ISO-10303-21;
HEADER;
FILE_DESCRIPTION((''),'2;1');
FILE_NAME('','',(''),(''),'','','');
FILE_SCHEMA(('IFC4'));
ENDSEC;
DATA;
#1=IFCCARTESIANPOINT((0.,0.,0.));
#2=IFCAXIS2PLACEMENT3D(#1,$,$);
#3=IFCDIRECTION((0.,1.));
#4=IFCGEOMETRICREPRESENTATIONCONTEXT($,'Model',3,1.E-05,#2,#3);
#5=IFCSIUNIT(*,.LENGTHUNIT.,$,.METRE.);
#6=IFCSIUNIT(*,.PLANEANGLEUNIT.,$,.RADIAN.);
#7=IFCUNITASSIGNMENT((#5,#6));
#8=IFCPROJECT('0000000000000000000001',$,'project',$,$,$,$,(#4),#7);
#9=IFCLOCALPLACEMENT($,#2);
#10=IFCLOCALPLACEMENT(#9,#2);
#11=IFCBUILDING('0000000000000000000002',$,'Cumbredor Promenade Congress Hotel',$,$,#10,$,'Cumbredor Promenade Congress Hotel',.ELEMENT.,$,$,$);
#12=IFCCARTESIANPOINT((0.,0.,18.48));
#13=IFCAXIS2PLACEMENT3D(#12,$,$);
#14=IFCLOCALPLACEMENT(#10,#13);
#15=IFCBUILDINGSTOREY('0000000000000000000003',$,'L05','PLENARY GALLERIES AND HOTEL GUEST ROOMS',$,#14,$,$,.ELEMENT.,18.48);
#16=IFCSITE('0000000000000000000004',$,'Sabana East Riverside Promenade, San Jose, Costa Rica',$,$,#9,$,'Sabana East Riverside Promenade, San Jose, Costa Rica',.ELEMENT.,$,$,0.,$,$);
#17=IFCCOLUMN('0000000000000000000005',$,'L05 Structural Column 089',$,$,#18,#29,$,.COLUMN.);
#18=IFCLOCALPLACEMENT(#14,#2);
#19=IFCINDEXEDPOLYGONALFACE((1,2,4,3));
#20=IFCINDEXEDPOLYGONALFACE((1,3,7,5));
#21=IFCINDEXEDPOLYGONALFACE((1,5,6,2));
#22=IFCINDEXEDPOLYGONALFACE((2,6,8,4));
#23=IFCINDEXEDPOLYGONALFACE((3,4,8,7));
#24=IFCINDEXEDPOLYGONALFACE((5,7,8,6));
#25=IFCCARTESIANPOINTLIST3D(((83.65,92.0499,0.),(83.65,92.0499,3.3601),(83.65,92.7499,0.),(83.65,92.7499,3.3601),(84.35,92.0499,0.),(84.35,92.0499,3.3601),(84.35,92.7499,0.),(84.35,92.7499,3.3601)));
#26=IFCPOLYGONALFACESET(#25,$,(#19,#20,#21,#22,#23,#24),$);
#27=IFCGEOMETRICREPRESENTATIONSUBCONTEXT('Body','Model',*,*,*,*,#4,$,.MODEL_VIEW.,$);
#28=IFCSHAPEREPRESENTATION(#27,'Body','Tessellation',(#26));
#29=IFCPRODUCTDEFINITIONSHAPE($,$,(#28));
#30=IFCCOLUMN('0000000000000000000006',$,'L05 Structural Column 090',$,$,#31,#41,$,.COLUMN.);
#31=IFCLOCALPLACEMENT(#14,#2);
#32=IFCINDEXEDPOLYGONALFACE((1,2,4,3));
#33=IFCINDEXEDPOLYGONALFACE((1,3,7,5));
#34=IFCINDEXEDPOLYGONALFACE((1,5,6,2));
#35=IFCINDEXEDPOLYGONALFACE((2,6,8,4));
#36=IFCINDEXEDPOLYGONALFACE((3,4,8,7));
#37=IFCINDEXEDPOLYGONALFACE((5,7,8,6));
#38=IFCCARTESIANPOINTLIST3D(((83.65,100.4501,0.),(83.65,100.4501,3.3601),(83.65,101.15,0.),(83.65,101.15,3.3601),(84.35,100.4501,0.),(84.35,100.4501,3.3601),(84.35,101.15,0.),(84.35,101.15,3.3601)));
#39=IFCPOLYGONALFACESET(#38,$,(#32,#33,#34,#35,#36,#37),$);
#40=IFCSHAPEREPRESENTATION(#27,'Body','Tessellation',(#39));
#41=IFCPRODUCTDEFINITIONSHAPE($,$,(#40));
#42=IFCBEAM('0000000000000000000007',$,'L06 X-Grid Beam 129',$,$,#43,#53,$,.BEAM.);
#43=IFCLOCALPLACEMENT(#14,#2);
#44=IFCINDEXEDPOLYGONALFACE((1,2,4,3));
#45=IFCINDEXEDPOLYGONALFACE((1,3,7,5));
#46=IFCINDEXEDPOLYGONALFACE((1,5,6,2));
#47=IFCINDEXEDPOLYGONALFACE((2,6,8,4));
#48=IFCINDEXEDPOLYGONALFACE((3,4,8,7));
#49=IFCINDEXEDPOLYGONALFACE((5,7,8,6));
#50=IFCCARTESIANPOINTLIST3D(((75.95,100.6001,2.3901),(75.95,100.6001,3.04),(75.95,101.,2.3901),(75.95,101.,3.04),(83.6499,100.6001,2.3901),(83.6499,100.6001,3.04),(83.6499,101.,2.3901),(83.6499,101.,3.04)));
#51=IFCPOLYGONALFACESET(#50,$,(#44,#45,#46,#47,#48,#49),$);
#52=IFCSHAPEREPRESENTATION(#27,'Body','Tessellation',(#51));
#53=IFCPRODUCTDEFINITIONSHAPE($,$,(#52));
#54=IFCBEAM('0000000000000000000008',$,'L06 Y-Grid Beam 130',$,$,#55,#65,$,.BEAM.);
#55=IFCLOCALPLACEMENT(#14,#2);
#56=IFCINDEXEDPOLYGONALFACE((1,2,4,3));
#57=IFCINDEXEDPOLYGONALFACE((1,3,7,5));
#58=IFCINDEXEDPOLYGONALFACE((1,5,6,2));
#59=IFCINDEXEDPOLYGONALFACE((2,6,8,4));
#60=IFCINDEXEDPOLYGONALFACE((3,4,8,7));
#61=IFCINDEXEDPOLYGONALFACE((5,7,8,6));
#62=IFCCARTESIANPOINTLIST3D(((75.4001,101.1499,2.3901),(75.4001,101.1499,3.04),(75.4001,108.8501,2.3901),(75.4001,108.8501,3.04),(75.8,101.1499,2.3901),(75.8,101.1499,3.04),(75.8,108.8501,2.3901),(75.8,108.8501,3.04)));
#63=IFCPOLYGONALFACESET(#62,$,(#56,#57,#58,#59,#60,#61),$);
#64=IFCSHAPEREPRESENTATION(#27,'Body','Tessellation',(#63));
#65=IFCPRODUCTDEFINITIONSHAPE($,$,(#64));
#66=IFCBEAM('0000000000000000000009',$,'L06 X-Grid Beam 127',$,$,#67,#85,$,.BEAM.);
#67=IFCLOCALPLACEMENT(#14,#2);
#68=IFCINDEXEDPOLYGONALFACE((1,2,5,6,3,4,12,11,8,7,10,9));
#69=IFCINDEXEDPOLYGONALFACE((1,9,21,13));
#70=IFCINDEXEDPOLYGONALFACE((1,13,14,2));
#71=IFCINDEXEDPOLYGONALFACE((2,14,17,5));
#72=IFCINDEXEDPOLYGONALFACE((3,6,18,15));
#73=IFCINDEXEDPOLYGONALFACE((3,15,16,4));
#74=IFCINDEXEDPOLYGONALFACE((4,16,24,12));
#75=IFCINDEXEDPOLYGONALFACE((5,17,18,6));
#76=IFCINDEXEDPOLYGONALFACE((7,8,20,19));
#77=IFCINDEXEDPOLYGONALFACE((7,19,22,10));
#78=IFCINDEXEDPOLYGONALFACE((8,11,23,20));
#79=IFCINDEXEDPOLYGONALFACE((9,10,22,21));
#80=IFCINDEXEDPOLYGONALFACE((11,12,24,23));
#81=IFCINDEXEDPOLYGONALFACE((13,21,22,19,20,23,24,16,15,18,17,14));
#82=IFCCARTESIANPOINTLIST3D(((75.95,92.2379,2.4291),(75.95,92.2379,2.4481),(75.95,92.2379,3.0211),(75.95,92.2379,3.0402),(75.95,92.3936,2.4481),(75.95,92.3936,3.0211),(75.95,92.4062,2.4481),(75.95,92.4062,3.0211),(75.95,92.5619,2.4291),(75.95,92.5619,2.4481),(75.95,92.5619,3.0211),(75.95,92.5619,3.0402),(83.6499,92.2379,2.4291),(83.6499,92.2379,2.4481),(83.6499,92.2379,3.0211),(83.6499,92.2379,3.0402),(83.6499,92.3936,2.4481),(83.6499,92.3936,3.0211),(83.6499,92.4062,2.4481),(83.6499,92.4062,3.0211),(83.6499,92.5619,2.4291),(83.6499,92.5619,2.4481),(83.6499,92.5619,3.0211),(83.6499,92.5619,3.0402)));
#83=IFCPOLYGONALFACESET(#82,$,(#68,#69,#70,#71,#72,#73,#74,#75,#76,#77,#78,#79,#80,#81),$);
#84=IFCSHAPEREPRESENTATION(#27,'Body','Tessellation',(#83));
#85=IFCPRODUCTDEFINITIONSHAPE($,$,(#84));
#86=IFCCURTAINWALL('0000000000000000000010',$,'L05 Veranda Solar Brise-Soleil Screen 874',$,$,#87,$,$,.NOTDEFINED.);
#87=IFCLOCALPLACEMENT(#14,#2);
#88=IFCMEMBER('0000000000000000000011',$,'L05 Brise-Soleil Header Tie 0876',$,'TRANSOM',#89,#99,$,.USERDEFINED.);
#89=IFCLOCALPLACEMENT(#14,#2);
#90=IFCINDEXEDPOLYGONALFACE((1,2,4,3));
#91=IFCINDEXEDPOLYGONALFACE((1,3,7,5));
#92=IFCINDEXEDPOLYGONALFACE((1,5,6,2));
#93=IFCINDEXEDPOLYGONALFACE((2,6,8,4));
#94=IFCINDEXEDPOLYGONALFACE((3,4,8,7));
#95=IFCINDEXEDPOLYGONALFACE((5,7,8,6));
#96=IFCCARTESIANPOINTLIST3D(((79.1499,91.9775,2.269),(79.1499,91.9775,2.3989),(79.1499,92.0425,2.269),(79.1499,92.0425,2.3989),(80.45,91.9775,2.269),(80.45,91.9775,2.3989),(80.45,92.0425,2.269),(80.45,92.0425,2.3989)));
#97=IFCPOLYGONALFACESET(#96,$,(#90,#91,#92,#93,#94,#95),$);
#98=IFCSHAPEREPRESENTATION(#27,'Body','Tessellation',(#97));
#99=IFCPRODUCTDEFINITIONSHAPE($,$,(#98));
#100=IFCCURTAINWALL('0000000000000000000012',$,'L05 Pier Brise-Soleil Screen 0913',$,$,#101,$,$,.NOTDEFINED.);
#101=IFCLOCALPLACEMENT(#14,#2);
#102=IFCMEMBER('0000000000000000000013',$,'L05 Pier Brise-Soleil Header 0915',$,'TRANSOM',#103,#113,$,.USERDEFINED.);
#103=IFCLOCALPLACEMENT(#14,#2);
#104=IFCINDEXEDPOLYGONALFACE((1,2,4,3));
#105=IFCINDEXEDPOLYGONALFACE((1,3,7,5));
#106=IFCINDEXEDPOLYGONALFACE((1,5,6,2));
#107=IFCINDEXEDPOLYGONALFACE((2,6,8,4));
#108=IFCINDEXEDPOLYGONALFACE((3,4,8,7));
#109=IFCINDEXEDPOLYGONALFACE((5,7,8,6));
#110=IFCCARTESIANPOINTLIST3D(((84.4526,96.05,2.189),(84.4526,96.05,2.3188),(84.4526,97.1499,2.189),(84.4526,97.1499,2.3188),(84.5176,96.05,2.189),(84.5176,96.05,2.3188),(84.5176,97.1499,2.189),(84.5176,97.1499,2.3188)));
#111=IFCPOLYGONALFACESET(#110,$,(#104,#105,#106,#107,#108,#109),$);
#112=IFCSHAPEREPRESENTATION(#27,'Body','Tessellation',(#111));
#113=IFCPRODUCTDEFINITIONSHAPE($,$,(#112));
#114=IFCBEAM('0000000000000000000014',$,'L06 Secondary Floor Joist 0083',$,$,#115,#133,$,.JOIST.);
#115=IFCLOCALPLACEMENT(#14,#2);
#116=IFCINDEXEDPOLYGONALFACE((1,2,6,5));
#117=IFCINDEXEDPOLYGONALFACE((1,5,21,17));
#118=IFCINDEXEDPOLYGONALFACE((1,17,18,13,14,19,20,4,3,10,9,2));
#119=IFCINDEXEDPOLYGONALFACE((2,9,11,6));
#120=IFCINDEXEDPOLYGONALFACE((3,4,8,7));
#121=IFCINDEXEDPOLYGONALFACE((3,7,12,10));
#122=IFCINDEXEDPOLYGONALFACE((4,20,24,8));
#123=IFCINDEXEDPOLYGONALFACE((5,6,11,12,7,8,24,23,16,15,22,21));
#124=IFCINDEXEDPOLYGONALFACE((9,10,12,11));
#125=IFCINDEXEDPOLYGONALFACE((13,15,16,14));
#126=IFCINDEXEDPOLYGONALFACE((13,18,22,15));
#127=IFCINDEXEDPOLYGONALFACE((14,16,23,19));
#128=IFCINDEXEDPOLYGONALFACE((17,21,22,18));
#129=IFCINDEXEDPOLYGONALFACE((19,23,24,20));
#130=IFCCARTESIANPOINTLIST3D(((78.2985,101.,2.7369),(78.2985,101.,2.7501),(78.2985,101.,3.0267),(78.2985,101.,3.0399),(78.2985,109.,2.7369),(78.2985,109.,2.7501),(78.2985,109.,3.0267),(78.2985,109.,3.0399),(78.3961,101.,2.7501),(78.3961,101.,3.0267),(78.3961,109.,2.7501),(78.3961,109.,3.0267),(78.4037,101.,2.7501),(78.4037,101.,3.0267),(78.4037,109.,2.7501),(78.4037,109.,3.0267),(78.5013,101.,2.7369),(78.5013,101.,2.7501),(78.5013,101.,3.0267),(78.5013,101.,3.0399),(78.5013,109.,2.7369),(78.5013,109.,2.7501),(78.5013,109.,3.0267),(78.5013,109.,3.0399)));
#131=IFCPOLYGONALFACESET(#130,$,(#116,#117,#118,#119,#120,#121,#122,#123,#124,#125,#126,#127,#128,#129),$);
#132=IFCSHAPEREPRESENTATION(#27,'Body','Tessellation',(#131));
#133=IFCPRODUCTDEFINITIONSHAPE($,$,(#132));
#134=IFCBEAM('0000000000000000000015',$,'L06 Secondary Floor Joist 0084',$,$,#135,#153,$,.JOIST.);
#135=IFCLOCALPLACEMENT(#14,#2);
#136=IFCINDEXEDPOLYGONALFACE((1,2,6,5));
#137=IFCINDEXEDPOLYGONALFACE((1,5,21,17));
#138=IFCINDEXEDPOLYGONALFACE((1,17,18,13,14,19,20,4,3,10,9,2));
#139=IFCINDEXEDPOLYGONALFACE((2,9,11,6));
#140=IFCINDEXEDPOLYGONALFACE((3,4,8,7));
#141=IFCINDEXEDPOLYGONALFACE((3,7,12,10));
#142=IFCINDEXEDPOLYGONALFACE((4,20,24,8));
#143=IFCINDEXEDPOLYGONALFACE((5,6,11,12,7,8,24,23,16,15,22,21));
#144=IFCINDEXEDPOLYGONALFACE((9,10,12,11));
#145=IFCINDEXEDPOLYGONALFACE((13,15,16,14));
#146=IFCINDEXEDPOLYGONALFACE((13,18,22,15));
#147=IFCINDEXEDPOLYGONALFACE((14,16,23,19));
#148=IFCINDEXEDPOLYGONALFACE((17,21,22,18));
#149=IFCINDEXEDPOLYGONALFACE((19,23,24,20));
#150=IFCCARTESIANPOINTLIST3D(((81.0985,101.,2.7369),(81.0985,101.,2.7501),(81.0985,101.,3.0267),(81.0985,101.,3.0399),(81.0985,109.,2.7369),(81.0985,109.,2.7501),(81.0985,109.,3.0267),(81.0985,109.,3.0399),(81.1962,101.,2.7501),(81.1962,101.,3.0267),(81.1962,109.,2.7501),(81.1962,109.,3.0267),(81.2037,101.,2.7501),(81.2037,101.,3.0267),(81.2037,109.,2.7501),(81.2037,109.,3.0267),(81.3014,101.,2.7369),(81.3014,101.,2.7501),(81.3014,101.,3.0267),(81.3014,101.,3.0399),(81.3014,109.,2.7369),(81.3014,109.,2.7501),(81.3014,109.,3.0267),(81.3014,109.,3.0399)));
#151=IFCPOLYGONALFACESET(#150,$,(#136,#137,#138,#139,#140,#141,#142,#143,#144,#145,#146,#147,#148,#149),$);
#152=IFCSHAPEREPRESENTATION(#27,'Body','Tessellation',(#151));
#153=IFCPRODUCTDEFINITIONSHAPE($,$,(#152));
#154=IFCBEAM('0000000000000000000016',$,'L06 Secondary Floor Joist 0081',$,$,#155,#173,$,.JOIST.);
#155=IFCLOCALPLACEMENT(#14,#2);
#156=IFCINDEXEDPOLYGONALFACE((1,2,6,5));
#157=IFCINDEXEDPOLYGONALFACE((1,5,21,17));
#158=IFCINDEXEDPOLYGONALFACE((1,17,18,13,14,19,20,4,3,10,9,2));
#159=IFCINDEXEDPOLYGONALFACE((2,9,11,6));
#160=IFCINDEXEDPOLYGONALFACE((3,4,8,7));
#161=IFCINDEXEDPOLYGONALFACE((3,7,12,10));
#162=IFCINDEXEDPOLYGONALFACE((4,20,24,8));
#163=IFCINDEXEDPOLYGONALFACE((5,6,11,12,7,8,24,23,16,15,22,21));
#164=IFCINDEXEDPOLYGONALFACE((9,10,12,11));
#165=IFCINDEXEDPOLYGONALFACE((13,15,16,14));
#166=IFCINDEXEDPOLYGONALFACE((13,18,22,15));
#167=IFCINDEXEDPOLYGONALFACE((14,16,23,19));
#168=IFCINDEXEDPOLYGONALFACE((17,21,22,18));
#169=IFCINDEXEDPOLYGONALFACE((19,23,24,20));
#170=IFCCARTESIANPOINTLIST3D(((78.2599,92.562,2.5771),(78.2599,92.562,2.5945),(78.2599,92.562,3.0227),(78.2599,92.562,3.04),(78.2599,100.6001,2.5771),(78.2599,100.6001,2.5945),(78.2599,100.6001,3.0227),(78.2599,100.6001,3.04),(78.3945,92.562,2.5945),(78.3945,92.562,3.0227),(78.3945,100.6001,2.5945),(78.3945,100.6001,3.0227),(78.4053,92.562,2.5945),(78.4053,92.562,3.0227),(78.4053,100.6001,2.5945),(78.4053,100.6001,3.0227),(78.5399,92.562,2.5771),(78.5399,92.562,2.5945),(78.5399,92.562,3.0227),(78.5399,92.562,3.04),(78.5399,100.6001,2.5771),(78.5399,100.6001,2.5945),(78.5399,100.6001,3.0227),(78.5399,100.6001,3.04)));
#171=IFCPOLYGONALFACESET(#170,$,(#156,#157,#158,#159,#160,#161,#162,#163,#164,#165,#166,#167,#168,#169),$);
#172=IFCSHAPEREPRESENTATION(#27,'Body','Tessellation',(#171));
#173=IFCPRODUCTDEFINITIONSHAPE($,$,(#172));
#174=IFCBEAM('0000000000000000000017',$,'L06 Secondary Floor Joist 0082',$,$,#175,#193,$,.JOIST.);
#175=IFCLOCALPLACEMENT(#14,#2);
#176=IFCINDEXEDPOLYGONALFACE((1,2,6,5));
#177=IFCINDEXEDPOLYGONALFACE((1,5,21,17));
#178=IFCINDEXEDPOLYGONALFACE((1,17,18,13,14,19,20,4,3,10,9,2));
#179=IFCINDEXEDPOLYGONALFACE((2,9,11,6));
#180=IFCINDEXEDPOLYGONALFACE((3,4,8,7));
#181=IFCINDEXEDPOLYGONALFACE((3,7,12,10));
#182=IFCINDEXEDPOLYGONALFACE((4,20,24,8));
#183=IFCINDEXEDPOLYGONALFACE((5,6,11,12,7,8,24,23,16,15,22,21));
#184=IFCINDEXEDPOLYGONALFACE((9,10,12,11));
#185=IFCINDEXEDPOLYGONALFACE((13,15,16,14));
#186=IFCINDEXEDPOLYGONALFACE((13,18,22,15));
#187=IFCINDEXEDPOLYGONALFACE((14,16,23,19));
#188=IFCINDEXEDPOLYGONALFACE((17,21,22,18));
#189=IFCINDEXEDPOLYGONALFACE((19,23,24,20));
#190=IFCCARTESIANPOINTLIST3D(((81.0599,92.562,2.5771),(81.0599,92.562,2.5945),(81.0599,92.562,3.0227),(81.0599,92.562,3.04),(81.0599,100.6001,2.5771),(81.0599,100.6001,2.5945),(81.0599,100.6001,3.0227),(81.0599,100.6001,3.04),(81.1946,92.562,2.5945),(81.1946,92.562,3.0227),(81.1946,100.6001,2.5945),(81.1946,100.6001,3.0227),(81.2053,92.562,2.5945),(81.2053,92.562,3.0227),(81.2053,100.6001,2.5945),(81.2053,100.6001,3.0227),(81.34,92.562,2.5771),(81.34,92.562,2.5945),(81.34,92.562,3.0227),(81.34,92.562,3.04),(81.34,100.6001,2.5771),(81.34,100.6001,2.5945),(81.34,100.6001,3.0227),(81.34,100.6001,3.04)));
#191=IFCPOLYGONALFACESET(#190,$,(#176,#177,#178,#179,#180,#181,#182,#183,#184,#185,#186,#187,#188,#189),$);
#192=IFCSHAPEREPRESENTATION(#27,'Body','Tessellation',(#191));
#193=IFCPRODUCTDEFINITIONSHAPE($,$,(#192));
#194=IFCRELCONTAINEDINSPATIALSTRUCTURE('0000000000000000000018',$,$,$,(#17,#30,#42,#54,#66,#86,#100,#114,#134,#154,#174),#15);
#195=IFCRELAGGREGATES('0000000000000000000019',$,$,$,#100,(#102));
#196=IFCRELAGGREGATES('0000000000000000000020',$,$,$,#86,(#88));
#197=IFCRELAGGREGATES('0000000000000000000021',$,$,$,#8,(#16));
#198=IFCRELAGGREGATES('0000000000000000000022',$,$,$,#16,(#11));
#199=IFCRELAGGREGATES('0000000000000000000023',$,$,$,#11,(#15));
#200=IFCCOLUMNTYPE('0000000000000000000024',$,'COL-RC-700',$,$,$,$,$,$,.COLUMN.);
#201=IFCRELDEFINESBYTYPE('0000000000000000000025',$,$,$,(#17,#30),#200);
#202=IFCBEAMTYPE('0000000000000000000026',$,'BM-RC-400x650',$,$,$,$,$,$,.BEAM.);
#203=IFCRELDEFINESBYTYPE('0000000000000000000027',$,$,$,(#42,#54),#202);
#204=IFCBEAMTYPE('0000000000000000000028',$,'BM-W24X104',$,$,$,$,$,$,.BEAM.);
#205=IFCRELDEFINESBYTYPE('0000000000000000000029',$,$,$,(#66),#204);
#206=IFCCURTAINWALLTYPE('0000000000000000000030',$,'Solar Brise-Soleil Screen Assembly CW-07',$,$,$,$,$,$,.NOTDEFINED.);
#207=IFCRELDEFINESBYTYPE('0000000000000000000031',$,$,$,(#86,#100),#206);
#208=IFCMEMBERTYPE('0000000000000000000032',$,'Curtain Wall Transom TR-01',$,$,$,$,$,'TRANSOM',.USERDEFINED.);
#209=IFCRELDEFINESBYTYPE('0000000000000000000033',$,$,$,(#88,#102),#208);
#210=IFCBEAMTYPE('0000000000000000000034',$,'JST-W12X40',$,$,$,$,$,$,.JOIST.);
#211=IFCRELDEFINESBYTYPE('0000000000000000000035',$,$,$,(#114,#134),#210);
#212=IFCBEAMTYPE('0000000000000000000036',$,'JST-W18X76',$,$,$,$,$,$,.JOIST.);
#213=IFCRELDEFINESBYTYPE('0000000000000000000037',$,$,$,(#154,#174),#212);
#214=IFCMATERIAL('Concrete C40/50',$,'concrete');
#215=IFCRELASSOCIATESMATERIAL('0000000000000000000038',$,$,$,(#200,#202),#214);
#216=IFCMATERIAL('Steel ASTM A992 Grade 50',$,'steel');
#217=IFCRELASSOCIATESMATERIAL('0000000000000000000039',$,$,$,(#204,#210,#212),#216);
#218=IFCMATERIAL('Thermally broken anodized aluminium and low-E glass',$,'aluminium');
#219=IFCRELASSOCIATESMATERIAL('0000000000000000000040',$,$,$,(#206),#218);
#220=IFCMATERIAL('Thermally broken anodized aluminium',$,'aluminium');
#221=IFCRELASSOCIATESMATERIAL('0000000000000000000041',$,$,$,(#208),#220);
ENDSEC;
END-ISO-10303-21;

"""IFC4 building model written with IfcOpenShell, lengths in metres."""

from ifc_helpers import new_model, si_unit, direction, frame, origin, origin_2d, place, context, subcontext, project, spatial, rectangle, i_section, extrude, material, material_profile, profile_set, type_object, element, aggregate, save


model = new_model("IFC4")

# Units and contexts
model_context = context("Model", 3, precision=1e-05, world=origin(), true_north=direction((0.0, 1.0)))
body_context = subcontext(model_context, "Body", "Model", "MODEL_VIEW")
ifc_project = project(units=[si_unit("LENGTHUNIT", "METRE"), si_unit("PLANEANGLEUNIT", "RADIAN")], contexts=[model_context])

# Site, building, storey
site_placement = place(None, origin())
site = spatial("IfcSite", under=ifc_project, at=site_placement, Name="Sabana East Riverside Promenade, San Jose, Costa Rica", LongName="Sabana East Riverside Promenade, San Jose, Costa Rica", CompositionType="ELEMENT", RefElevation=0.0)
building_placement = place(site_placement, origin())
building = spatial("IfcBuilding", under=site, at=building_placement, Name="Cumbredor Promenade Congress Hotel", LongName="Cumbredor Promenade Congress Hotel", CompositionType="ELEMENT")
storey_placement = place(building_placement, frame((0.0, 0.0, 18.48)))
storey = spatial("IfcBuildingStorey", under=building, at=storey_placement, Name="L05", Description="PLENARY GALLERIES AND HOTEL GUEST ROOMS", CompositionType="ELEMENT", Elevation=18.48)

# Columns
ifc_material_1 = material(Name="Concrete C40/50", Category="concrete")
ifc_material_profile_1 = material_profile(ifc_material_1, rectangle(XDim=0.7, YDim=0.7, at=origin_2d()), Name="RC 700x700")
ifc_profile_set_1 = profile_set([ifc_material_profile_1], Name="Concrete C40/50")
column_type = type_object("IfcColumnType", Name="COL-RC-700", PredefinedType="COLUMN", material=ifc_profile_set_1)
for number, where, z_axis, x_axis, name in (
    (1, (84.0, 92.3999, 0.0), (0.0, 0.0, 1.0), (1.0, 0.0, 0.0), "L05 Structural Column 089"),
    (2, (84.0, 100.8, 0.0), (0.0, 0.0, 1.0), (1.0, 0.0, 0.0), "L05 Structural Column 090"),
):
    element("IfcColumn", number, at=place(storey_placement, frame(where, z_axis=z_axis, x_axis=x_axis)), inside=storey, type_object=column_type, Name=name, PredefinedType="COLUMN", context=body_context, shape_type="SweptSolid", body=[
        extrude(rectangle(XDim=0.7, YDim=0.7, at=origin_2d()), origin(), (0.0, 0.0, 1.0), 3.3601),
    ])

# Beams
ifc_material_profile_2 = material_profile(ifc_material_1, rectangle(XDim=0.3999, YDim=0.6499, at=origin_2d()), Name="RC BEAM 400x650")
ifc_profile_set_2 = profile_set([ifc_material_profile_2], Name="Concrete C40/50")
beam_type_1 = type_object("IfcBeamType", Name="BM-RC-400x650", PredefinedType="BEAM", material=ifc_profile_set_2)
beam_1_placement = place(storey_placement, frame((75.95, 100.8, 2.7151), z_axis=(1.0, 0.0, 0.0), x_axis=(0.0, 1.0, 0.0)))
element("IfcBeam", 3, at=beam_1_placement, inside=storey, type_object=beam_type_1, Name="L06 X-Grid Beam 129", PredefinedType="BEAM", context=body_context, shape_type="SweptSolid", body=[
    extrude(rectangle(XDim=0.3999, YDim=0.6499, at=origin_2d()), origin(), (0.0, 0.0, 1.0), 7.7),
])
beam_2_placement = place(storey_placement, frame((75.6001, 101.1499, 2.7151), z_axis=(0.0, 1.0, 0.0), x_axis=(-1.0, 0.0, 0.0)))
element("IfcBeam", 4, at=beam_2_placement, inside=storey, type_object=beam_type_1, Name="L06 Y-Grid Beam 130", PredefinedType="BEAM", context=body_context, shape_type="SweptSolid", body=[
    extrude(rectangle(XDim=0.3999, YDim=0.6499, at=origin_2d()), origin(), (0.0, 0.0, 1.0), 7.7002),
])
ifc_material_2 = material(Name="Steel ASTM A992 Grade 50", Category="steel")
ifc_material_profile_3 = material_profile(ifc_material_2, i_section(OverallWidth=0.324, OverallDepth=0.6111, WebThickness=0.0127, FlangeThickness=0.019, at=origin_2d()), Name="W24X104")
ifc_profile_set_3 = profile_set([ifc_material_profile_3], Name="Steel ASTM A992 Grade 50")
beam_type_2 = type_object("IfcBeamType", Name="BM-W24X104", PredefinedType="BEAM", material=ifc_profile_set_3)
beam_3_placement = place(storey_placement, frame((75.95, 92.3999, 2.7346), z_axis=(1.0, 0.0, 0.0), x_axis=(0.0, 1.0, 0.0)))
element("IfcBeam", 5, at=beam_3_placement, inside=storey, type_object=beam_type_2, Name="L06 X-Grid Beam 127", PredefinedType="BEAM", context=body_context, shape_type="SweptSolid", body=[
    extrude(i_section(OverallWidth=0.324, OverallDepth=0.6111, WebThickness=0.0127, FlangeThickness=0.019, at=origin_2d()), origin(), (0.0, 0.0, 1.0), 7.7),
])

# Curtain walls, members
ifc_material_3 = material(Name="Thermally broken anodized aluminium and low-E glass", Category="aluminium")
curtain_wall_type = type_object("IfcCurtainWallType", Name="Solar Brise-Soleil Screen Assembly CW-07", PredefinedType="NOTDEFINED", material=ifc_material_3)
curtain_wall_1_placement = place(storey_placement, origin())
curtain_wall_1 = element("IfcCurtainWall", 6, at=curtain_wall_1_placement, inside=storey, type_object=curtain_wall_type, Name="L05 Veranda Solar Brise-Soleil Screen 874", PredefinedType="NOTDEFINED")
ifc_material_4 = material(Name="Thermally broken anodized aluminium", Category="aluminium")
ifc_material_profile_4 = material_profile(ifc_material_4, rectangle(XDim=0.0649, YDim=0.1299, at=origin_2d()), Name="ALU TRANSOM 65x130")
ifc_profile_set_4 = profile_set([ifc_material_profile_4], Name="Thermally broken anodized aluminium")
member_type_1 = type_object("IfcMemberType", Name="Curtain Wall Transom TR-01", ElementType="TRANSOM", PredefinedType="USERDEFINED", material=ifc_profile_set_4)
member_1_placement = place(storey_placement, frame((79.1499, 92.01, 2.334), z_axis=(1.0, 0.0, 0.0), x_axis=(0.0, 1.0, 0.0)))
member_1 = element("IfcMember", 7, at=member_1_placement, type_object=member_type_1, Name="L05 Brise-Soleil Header Tie 0876", ObjectType="TRANSOM", PredefinedType="USERDEFINED", context=body_context, shape_type="SweptSolid", body=[
    extrude(rectangle(XDim=0.0649, YDim=0.1299, at=origin_2d()), origin(), (0.0, 0.0, 1.0), 1.3),
])
curtain_wall_2_placement = place(storey_placement, origin())
curtain_wall_2 = element("IfcCurtainWall", 8, at=curtain_wall_2_placement, inside=storey, type_object=curtain_wall_type, Name="L05 Pier Brise-Soleil Screen 0913", PredefinedType="NOTDEFINED")
member_2_placement = place(storey_placement, frame((84.4851, 96.05, 2.2539), z_axis=(0.0, 1.0, 0.0), x_axis=(-1.0, 0.0, 0.0)))
member_2 = element("IfcMember", 9, at=member_2_placement, type_object=member_type_1, Name="L05 Pier Brise-Soleil Header 0915", ObjectType="TRANSOM", PredefinedType="USERDEFINED", context=body_context, shape_type="SweptSolid", body=[
    extrude(rectangle(XDim=0.0649, YDim=0.1299, at=origin_2d()), origin(), (0.0, 0.0, 1.0), 1.0999),
])
aggregate(curtain_wall_2, [member_2])

# Beams
ifc_material_profile_5 = material_profile(ifc_material_2, i_section(OverallWidth=0.2029, OverallDepth=0.303, WebThickness=0.0076, FlangeThickness=0.0132, at=origin_2d()), Name="W12X40")
ifc_profile_set_5 = profile_set([ifc_material_profile_5], Name="Steel ASTM A992 Grade 50")
beam_type_3 = type_object("IfcBeamType", Name="JST-W12X40", PredefinedType="JOIST", material=ifc_profile_set_5)
for number, where, z_axis, x_axis, name in (
    (10, (78.3999, 101.0, 2.8884), (0.0, 1.0, 0.0), (-1.0, 0.0, 0.0), "L06 Secondary Floor Joist 0083"),
    (11, (81.2, 101.0, 2.8884), (0.0, 1.0, 0.0), (-1.0, 0.0, 0.0), "L06 Secondary Floor Joist 0084"),
):
    element("IfcBeam", number, at=place(storey_placement, frame(where, z_axis=z_axis, x_axis=x_axis)), inside=storey, type_object=beam_type_3, Name=name, PredefinedType="JOIST", context=body_context, shape_type="SweptSolid", body=[
        extrude(i_section(OverallWidth=0.2029, OverallDepth=0.303, WebThickness=0.0076, FlangeThickness=0.0132, at=origin_2d()), origin(), (0.0, 0.0, 1.0), 8.0),
    ])
ifc_material_profile_6 = material_profile(ifc_material_2, i_section(OverallWidth=0.28, OverallDepth=0.4629, WebThickness=0.0107, FlangeThickness=0.0173, at=origin_2d()), Name="W18X76")
ifc_profile_set_6 = profile_set([ifc_material_profile_6], Name="Steel ASTM A992 Grade 50")
beam_type_4 = type_object("IfcBeamType", Name="JST-W18X76", PredefinedType="JOIST", material=ifc_profile_set_6)
for number, where, z_axis, x_axis, name in (
    (12, (78.3999, 92.562, 2.8086), (0.0, 1.0, 0.0), (-1.0, 0.0, 0.0), "L06 Secondary Floor Joist 0081"),
    (13, (81.2, 92.562, 2.8086), (0.0, 1.0, 0.0), (-1.0, 0.0, 0.0), "L06 Secondary Floor Joist 0082"),
):
    element("IfcBeam", number, at=place(storey_placement, frame(where, z_axis=z_axis, x_axis=x_axis)), inside=storey, type_object=beam_type_4, Name=name, PredefinedType="JOIST", context=body_context, shape_type="SweptSolid", body=[
        extrude(i_section(OverallWidth=0.28, OverallDepth=0.4629, WebThickness=0.0107, FlangeThickness=0.0173, at=origin_2d()), origin(), (0.0, 0.0, 1.0), 8.0381),
    ])

aggregate(curtain_wall_1, [member_1])

save(model, "model.ifc")
